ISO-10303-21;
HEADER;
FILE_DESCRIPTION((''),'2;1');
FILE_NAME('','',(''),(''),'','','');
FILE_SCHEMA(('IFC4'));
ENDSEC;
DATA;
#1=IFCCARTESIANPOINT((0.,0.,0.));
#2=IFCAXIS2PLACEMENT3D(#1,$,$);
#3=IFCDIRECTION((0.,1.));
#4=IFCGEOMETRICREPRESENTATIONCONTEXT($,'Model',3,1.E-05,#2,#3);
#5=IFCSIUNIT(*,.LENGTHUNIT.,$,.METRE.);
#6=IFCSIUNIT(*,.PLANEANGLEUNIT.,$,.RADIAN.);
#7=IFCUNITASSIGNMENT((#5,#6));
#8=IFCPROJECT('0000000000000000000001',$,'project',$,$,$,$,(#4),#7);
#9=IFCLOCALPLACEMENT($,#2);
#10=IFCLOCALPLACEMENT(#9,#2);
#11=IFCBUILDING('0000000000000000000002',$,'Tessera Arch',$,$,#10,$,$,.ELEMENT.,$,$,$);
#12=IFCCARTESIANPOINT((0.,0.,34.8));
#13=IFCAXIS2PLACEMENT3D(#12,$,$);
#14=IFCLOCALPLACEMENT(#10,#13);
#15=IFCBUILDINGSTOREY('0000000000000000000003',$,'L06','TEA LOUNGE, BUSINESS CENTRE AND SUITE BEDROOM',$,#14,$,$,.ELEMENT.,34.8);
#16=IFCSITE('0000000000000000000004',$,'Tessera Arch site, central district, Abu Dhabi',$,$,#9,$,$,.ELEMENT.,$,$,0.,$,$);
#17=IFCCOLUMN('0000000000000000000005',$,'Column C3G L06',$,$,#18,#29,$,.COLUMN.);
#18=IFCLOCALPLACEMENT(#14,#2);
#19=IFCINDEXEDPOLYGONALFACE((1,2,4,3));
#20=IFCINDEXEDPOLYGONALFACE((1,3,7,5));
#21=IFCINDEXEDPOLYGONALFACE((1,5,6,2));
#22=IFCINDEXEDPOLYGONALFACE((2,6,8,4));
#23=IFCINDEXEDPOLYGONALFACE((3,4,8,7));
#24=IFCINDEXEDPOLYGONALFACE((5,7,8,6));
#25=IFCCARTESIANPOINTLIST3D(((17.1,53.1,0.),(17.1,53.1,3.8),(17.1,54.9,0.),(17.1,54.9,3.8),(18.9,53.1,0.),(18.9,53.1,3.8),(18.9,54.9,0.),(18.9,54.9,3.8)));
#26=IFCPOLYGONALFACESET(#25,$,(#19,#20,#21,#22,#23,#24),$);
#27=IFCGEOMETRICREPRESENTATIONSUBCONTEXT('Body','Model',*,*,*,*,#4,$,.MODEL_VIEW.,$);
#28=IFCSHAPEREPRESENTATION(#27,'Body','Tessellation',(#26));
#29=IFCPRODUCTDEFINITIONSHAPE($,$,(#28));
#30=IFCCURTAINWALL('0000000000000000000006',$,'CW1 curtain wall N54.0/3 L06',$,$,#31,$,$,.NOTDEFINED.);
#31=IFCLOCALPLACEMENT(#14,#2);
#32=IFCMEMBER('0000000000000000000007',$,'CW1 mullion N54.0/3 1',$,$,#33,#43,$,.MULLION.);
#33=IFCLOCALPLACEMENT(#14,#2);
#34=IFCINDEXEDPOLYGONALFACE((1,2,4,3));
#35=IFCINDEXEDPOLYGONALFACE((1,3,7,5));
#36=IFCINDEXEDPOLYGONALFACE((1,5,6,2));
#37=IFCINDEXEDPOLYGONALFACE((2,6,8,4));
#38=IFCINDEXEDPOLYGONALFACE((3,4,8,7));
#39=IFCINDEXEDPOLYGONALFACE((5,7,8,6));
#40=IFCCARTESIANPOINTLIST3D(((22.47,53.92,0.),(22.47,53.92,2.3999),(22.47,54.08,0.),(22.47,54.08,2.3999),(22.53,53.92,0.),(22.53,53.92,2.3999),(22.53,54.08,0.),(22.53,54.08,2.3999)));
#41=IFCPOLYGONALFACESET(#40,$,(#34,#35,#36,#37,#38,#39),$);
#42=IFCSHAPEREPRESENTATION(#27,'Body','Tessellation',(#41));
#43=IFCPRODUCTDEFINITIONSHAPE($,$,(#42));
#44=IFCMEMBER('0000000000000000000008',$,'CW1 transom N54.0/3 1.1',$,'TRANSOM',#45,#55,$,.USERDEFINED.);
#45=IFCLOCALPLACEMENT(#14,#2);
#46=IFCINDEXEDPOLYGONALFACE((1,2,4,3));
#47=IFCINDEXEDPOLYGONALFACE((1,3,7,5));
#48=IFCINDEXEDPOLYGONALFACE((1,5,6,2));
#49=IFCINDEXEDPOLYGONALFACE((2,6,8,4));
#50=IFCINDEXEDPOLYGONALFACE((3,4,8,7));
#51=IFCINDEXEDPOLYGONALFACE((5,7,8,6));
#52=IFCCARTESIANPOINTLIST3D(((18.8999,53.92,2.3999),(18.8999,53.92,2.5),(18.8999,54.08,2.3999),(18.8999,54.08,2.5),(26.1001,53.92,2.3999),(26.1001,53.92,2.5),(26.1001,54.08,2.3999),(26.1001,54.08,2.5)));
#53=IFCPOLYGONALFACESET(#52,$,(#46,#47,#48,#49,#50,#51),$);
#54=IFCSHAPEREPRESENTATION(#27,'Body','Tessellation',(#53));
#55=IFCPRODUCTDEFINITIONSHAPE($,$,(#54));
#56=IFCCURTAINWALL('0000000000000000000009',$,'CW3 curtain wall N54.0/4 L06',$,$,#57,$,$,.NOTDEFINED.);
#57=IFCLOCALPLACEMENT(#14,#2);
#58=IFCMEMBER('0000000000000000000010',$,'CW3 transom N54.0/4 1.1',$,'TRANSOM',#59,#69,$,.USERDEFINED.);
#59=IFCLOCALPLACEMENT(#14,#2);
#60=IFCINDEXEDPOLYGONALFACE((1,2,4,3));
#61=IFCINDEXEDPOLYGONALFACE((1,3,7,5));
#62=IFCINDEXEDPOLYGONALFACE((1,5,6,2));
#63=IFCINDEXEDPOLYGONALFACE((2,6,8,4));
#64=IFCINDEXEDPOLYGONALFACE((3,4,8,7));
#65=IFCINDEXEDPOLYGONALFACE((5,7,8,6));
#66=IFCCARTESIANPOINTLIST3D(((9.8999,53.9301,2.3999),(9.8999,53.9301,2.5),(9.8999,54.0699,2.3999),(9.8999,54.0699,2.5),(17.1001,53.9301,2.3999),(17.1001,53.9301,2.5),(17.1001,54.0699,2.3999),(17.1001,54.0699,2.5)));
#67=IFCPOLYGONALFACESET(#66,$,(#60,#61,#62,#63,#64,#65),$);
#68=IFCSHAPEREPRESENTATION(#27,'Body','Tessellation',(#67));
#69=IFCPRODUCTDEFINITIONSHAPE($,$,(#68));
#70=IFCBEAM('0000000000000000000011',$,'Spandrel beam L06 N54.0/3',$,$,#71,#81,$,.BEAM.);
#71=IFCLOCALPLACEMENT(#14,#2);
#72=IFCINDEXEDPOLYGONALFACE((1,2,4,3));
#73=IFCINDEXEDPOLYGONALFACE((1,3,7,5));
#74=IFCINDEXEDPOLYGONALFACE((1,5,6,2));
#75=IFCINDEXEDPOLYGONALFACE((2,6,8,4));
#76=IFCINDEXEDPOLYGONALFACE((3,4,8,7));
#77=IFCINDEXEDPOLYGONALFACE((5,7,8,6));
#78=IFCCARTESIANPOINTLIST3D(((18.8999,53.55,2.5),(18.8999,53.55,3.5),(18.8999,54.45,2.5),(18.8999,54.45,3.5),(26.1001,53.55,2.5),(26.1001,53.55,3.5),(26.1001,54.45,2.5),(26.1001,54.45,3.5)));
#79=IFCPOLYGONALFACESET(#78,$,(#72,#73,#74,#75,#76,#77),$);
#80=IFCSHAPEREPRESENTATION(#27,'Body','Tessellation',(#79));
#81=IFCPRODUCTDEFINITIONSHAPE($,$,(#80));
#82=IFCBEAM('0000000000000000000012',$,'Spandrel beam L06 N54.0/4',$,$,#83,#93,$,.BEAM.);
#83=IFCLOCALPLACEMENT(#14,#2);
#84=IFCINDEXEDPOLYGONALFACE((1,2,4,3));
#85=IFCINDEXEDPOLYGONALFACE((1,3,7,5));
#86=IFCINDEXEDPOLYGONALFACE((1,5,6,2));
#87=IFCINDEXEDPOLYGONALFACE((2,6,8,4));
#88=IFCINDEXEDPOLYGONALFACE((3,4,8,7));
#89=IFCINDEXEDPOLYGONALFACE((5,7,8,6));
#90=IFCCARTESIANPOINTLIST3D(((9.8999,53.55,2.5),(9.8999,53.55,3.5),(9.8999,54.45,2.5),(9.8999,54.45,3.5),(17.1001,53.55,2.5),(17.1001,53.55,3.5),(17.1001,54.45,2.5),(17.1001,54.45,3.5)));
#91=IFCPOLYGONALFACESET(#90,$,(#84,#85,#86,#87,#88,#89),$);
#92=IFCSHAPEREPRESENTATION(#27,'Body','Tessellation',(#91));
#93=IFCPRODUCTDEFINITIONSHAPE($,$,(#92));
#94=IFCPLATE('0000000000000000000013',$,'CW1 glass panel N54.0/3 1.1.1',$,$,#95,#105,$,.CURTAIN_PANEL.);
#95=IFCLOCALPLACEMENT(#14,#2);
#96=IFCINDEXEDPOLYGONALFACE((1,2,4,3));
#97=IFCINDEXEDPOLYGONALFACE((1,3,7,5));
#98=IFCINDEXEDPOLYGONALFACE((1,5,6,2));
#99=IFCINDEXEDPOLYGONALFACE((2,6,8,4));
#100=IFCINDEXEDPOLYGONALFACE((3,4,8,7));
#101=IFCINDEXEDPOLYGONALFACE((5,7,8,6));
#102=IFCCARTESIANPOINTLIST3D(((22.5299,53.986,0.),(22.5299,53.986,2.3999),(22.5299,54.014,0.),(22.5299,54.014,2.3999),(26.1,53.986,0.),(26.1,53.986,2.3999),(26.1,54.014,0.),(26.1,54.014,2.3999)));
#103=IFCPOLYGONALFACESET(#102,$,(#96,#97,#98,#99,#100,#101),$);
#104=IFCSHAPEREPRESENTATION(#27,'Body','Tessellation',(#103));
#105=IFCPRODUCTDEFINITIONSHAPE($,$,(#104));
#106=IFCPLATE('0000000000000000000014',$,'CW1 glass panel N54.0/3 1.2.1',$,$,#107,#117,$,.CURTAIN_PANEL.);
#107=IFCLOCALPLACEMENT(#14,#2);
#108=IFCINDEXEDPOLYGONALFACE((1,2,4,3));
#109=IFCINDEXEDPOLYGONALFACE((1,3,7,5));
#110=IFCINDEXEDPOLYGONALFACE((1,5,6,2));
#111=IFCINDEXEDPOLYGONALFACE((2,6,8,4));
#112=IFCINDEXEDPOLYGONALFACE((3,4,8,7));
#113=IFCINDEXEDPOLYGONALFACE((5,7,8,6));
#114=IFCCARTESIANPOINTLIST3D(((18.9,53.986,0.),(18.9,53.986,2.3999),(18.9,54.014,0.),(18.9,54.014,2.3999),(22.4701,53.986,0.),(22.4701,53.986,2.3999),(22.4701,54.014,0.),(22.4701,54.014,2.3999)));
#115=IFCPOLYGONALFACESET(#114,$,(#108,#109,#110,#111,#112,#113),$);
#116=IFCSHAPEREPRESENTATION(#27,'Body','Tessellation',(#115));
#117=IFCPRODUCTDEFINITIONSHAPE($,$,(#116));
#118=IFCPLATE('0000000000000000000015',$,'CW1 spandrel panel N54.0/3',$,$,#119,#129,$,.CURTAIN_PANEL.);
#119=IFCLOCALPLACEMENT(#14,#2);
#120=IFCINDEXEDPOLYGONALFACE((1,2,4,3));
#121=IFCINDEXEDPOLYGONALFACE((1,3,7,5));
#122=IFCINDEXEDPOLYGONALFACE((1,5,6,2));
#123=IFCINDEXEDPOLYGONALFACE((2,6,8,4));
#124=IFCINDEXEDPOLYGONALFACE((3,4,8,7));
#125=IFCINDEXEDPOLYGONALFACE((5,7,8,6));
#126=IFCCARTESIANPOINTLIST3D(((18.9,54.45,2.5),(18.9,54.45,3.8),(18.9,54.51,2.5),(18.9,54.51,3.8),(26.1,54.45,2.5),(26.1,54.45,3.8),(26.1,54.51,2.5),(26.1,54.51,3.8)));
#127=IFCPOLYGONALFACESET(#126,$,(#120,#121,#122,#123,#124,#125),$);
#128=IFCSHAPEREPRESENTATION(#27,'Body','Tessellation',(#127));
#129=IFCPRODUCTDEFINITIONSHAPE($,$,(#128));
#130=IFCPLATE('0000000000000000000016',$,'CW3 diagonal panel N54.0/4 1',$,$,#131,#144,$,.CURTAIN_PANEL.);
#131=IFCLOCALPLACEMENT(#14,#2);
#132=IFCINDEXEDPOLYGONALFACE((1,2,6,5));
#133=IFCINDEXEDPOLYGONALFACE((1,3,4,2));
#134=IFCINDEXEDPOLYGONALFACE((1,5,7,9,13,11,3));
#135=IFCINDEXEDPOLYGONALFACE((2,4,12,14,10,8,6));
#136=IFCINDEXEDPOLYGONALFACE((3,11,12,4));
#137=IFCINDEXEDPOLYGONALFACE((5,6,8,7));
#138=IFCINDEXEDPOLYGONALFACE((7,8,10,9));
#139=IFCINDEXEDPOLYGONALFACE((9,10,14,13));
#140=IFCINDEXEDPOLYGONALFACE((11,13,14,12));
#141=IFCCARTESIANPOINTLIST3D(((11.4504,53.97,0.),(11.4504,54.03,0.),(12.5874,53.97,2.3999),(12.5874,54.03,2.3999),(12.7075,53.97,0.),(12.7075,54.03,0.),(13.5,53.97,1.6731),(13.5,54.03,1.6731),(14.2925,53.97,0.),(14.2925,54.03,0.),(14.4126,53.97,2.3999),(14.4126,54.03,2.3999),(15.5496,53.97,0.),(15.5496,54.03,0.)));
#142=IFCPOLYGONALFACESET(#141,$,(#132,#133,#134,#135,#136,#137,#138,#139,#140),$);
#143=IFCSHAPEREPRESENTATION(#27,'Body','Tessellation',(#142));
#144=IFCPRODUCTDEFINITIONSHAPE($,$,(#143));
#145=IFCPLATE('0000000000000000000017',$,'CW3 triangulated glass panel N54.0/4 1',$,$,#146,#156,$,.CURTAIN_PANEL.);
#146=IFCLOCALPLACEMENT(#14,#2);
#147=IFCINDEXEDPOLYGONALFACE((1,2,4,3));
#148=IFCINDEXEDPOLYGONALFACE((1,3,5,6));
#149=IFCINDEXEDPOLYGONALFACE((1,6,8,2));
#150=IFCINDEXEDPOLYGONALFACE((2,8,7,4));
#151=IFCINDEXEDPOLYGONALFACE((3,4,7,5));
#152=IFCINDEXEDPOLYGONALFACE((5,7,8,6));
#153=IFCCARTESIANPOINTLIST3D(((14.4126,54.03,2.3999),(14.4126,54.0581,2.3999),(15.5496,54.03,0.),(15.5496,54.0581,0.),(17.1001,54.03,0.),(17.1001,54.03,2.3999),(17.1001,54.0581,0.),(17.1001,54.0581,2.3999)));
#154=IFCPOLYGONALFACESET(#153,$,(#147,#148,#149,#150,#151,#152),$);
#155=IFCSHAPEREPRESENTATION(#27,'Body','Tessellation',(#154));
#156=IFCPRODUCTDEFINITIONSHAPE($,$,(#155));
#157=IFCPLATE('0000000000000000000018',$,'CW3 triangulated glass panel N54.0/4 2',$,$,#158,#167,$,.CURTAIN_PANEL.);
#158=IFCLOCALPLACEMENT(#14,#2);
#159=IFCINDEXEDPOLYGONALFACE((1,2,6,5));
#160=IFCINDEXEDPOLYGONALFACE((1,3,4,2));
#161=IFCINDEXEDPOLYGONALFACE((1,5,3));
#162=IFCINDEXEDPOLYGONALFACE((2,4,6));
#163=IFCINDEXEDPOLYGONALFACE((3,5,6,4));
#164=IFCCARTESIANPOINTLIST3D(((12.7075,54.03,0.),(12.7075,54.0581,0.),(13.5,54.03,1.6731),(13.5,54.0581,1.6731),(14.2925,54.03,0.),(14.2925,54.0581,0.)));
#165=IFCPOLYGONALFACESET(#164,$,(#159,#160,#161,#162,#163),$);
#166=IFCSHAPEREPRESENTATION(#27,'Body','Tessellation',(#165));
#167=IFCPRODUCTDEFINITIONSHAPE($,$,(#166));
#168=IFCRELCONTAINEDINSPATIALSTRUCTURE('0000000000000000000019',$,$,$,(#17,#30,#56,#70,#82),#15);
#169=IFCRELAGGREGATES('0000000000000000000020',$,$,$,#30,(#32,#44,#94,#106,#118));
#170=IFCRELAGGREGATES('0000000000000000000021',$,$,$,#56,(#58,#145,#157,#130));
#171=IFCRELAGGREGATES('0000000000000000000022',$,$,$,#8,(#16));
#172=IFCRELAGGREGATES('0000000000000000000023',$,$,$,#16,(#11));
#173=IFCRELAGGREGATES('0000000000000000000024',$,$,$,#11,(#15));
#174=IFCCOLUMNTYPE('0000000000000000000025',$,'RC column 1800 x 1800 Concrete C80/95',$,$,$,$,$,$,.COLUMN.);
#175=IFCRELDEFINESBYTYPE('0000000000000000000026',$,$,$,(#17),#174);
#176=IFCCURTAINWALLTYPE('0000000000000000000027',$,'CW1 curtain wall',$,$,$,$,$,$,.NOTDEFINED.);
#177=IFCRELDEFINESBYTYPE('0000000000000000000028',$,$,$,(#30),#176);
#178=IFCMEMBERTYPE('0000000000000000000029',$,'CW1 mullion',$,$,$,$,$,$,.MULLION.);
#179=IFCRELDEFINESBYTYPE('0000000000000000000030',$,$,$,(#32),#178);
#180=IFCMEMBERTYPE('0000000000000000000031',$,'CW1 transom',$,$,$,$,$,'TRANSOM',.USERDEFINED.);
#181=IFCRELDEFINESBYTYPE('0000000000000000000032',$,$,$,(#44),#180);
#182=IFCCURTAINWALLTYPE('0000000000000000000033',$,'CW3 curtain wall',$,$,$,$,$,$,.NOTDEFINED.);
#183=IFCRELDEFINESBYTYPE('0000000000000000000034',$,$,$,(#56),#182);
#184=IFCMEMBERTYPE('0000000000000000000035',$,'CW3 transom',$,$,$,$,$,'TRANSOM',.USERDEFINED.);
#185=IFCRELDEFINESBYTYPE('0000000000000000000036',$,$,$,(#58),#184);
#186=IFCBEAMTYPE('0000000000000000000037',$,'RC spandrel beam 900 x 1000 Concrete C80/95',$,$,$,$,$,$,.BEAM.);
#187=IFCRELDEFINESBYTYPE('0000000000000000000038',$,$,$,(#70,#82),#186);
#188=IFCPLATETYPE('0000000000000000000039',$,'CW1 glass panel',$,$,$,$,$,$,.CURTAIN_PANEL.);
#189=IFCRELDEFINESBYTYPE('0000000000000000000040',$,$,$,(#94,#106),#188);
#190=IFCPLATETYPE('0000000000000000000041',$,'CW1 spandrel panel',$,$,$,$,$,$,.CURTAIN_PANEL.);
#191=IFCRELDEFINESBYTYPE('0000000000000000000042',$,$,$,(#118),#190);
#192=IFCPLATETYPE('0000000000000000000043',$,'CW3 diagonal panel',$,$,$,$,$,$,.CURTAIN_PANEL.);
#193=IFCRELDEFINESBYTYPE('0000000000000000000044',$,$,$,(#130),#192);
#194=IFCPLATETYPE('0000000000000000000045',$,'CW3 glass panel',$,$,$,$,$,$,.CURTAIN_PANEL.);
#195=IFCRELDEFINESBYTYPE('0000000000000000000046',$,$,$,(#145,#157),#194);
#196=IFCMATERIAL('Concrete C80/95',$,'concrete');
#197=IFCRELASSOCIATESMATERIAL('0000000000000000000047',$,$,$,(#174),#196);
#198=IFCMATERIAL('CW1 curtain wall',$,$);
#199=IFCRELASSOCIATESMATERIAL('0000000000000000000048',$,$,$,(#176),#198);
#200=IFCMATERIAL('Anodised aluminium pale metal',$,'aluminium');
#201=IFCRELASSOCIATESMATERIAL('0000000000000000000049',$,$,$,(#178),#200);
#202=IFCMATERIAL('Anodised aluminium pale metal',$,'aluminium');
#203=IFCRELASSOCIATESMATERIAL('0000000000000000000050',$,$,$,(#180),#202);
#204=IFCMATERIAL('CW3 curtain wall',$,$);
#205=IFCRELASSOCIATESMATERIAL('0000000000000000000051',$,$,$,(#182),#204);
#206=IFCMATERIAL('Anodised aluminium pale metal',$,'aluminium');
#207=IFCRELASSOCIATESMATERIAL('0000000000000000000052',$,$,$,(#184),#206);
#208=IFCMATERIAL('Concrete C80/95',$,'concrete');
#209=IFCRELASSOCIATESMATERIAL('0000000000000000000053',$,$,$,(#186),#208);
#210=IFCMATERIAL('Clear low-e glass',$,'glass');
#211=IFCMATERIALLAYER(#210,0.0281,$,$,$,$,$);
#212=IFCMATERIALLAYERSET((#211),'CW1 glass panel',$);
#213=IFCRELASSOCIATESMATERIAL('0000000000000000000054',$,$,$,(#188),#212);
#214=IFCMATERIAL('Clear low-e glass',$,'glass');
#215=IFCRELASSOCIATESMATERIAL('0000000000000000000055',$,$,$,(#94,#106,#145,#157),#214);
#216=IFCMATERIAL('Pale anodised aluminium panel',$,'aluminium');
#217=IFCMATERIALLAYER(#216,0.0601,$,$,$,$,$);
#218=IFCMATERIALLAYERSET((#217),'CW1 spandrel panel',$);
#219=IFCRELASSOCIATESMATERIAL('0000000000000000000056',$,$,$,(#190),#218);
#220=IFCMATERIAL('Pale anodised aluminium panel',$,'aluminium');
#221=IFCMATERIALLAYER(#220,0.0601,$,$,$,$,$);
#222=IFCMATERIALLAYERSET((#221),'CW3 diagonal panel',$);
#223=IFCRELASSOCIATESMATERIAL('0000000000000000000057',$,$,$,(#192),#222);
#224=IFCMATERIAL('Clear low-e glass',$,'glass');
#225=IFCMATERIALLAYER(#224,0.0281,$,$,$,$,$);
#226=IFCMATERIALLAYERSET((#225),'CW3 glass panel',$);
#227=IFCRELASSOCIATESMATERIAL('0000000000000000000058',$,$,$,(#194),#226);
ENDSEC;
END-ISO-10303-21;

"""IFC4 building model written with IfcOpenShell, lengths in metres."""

from ifc_helpers import new_model, si_unit, direction, frame, origin, origin_2d, place, context, subcontext, project, spatial, polyline, rectangle, outline, extrude, material, layer, layer_set, material_profile, profile_set, type_object, element, aggregate, save


model = new_model("IFC4")

# Units and contexts
model_context = context("Model", 3, precision=1e-05, world=origin(), true_north=direction((0.0, 1.0)))
body_context = subcontext(model_context, "Body", "Model", "MODEL_VIEW")
ifc_project = project(units=[si_unit("LENGTHUNIT", "METRE"), si_unit("PLANEANGLEUNIT", "RADIAN")], contexts=[model_context])

# Site, building, storey
site_placement = place(None, origin())
site = spatial("IfcSite", under=ifc_project, at=site_placement, Name="Tessera Arch site, central district, Abu Dhabi", CompositionType="ELEMENT", RefElevation=0.0)
building_placement = place(site_placement, origin())
building = spatial("IfcBuilding", under=site, at=building_placement, Name="Tessera Arch", CompositionType="ELEMENT")
storey_placement = place(building_placement, frame((0.0, 0.0, 34.8)))
storey = spatial("IfcBuildingStorey", under=building, at=storey_placement, Name="L06", Description="TEA LOUNGE, BUSINESS CENTRE AND SUITE BEDROOM", CompositionType="ELEMENT", Elevation=34.8)

# Column
ifc_material_1 = material(Name="Concrete C80/95", Category="concrete")
ifc_material_profile_1 = material_profile(ifc_material_1, rectangle(XDim=1.8, YDim=1.8, at=origin_2d()), Name="RC column 1800 x 1800 Concrete C80/95")
ifc_profile_set_1 = profile_set([ifc_material_profile_1], Name="Concrete C80/95")
column_type = type_object("IfcColumnType", Name="RC column 1800 x 1800 Concrete C80/95", PredefinedType="COLUMN", material=ifc_profile_set_1)
column_placement = place(storey_placement, frame((18.0, 54.0, 0.0), z_axis=(0.0, 0.0, 1.0), x_axis=(1.0, 0.0, 0.0)))
element("IfcColumn", 1, at=column_placement, inside=storey, type_object=column_type, Name="Column C3G L06", PredefinedType="COLUMN", context=body_context, shape_type="SweptSolid", body=[
    extrude(rectangle(XDim=1.8, YDim=1.8, at=origin_2d()), origin(), (0.0, 0.0, 1.0), 3.8),
])

# Curtain wall, members
ifc_material_2 = material(Name="CW1 curtain wall")
curtain_wall_type_1 = type_object("IfcCurtainWallType", Name="CW1 curtain wall", PredefinedType="NOTDEFINED", material=ifc_material_2)
curtain_wall_1_placement = place(storey_placement, origin())
curtain_wall_1 = element("IfcCurtainWall", 2, at=curtain_wall_1_placement, inside=storey, type_object=curtain_wall_type_1, Name="CW1 curtain wall N54.0/3 L06", PredefinedType="NOTDEFINED")
ifc_material_3 = material(Name="Anodised aluminium pale metal", Category="aluminium")
ifc_material_profile_2 = material_profile(ifc_material_3, rectangle(XDim=0.1599, YDim=0.0601, at=origin_2d()), Name="AL 60x160")
ifc_profile_set_2 = profile_set([ifc_material_profile_2], Name="Anodised aluminium pale metal")
member_type_1 = type_object("IfcMemberType", Name="CW1 mullion", PredefinedType="MULLION", material=ifc_profile_set_2)
member_1_placement = place(storey_placement, frame((22.5, 54.0, 0.0), z_axis=(0.0, 0.0, 1.0), x_axis=(0.0, -1.0, 0.0)))
member_1 = element("IfcMember", 3, at=member_1_placement, type_object=member_type_1, Name="CW1 mullion N54.0/3 1", PredefinedType="MULLION", context=body_context, shape_type="SweptSolid", body=[
    extrude(rectangle(XDim=0.1599, YDim=0.0601, at=origin_2d()), origin(), (0.0, 0.0, 1.0), 2.3999),
])
ifc_material_4 = material(Name="Anodised aluminium pale metal", Category="aluminium")
ifc_material_profile_3 = material_profile(ifc_material_4, rectangle(XDim=0.1599, YDim=0.1001, at=origin_2d()), Name="AL 160x100")
ifc_profile_set_3 = profile_set([ifc_material_profile_3], Name="Anodised aluminium pale metal")
member_type_2 = type_object("IfcMemberType", Name="CW1 transom", ElementType="TRANSOM", PredefinedType="USERDEFINED", material=ifc_profile_set_3)
member_2_placement = place(storey_placement, frame((26.1001, 54.0, 2.45), z_axis=(-1.0, 0.0, 0.0), x_axis=(0.0, -1.0, 0.0)))
member_2 = element("IfcMember", 4, at=member_2_placement, type_object=member_type_2, Name="CW1 transom N54.0/3 1.1", ObjectType="TRANSOM", PredefinedType="USERDEFINED", context=body_context, shape_type="SweptSolid", body=[
    extrude(rectangle(XDim=0.1599, YDim=0.1001, at=origin_2d()), origin(), (0.0, 0.0, 1.0), 7.2002),
])

# Curtain wall, member
ifc_material_5 = material(Name="CW3 curtain wall")
curtain_wall_type_2 = type_object("IfcCurtainWallType", Name="CW3 curtain wall", PredefinedType="NOTDEFINED", material=ifc_material_5)
curtain_wall_2_placement = place(storey_placement, origin())
curtain_wall_2 = element("IfcCurtainWall", 5, at=curtain_wall_2_placement, inside=storey, type_object=curtain_wall_type_2, Name="CW3 curtain wall N54.0/4 L06", PredefinedType="NOTDEFINED")
ifc_material_6 = material(Name="Anodised aluminium pale metal", Category="aluminium")
ifc_material_profile_4 = material_profile(ifc_material_6, rectangle(XDim=0.1399, YDim=0.1001, at=origin_2d()), Name="AL 140x100")
ifc_profile_set_4 = profile_set([ifc_material_profile_4], Name="Anodised aluminium pale metal")
member_type_3 = type_object("IfcMemberType", Name="CW3 transom", ElementType="TRANSOM", PredefinedType="USERDEFINED", material=ifc_profile_set_4)
member_3_placement = place(storey_placement, frame((17.1001, 54.0, 2.45), z_axis=(-1.0, 0.0, 0.0), x_axis=(0.0, -1.0, 0.0)))
member_3 = element("IfcMember", 6, at=member_3_placement, type_object=member_type_3, Name="CW3 transom N54.0/4 1.1", ObjectType="TRANSOM", PredefinedType="USERDEFINED", context=body_context, shape_type="SweptSolid", body=[
    extrude(rectangle(XDim=0.1399, YDim=0.1001, at=origin_2d()), origin(), (0.0, 0.0, 1.0), 7.2002),
])

# Beams
ifc_material_7 = material(Name="Concrete C80/95", Category="concrete")
ifc_material_profile_5 = material_profile(ifc_material_7, rectangle(XDim=0.8999, YDim=1.0, at=origin_2d()), Name="RC spandrel beam 900 x 1000 Concrete C80/95")
ifc_profile_set_5 = profile_set([ifc_material_profile_5], Name="Concrete C80/95")
beam_type = type_object("IfcBeamType", Name="RC spandrel beam 900 x 1000 Concrete C80/95", PredefinedType="BEAM", material=ifc_profile_set_5)
for number, where, z_axis, x_axis, name in (
    (7, (26.1001, 54.0, 3.0), (-1.0, 0.0, 0.0), (0.0, -1.0, 0.0), "Spandrel beam L06 N54.0/3"),
    (8, (17.1001, 54.0, 3.0), (-1.0, 0.0, 0.0), (0.0, -1.0, 0.0), "Spandrel beam L06 N54.0/4"),
):
    element("IfcBeam", number, at=place(storey_placement, frame(where, z_axis=z_axis, x_axis=x_axis)), inside=storey, type_object=beam_type, Name=name, PredefinedType="BEAM", context=body_context, shape_type="SweptSolid", body=[
        extrude(rectangle(XDim=0.8999, YDim=1.0, at=origin_2d()), origin(), (0.0, 0.0, 1.0), 7.2002),
    ])

# Plates
ifc_material_8 = material(Name="Clear low-e glass", Category="glass")
ifc_material_9 = material(Name="Clear low-e glass", Category="glass")
ifc_layer_1 = layer(ifc_material_9, 0.0281)
ifc_layer_set_1 = layer_set([ifc_layer_1], Name="CW1 glass panel")
plate_type_1 = type_object("IfcPlateType", Name="CW1 glass panel", PredefinedType="CURTAIN_PANEL", material=ifc_layer_set_1)
plate_1_placement = place(storey_placement, frame((24.3149, 54.0, 0.0), z_axis=(0.0, 0.0, 1.0), x_axis=(-1.0, 0.0, 0.0)))
plate_1 = element("IfcPlate", 9, at=plate_1_placement, type_object=plate_type_1, material=ifc_material_8, Name="CW1 glass panel N54.0/3 1.1.1", PredefinedType="CURTAIN_PANEL", context=body_context, shape_type="SweptSolid", body=[
    extrude(rectangle(XDim=3.5701, YDim=0.0281, at=origin_2d()), origin(), (0.0, 0.0, 1.0), 2.3999),
])
plate_2_placement = place(storey_placement, frame((20.6851, 54.0, 0.0), z_axis=(0.0, 0.0, 1.0), x_axis=(-1.0, 0.0, 0.0)))
plate_2 = element("IfcPlate", 10, at=plate_2_placement, type_object=plate_type_1, material=ifc_material_8, Name="CW1 glass panel N54.0/3 1.2.1", PredefinedType="CURTAIN_PANEL", context=body_context, shape_type="SweptSolid", body=[
    extrude(rectangle(XDim=3.5701, YDim=0.0281, at=origin_2d()), origin(), (0.0, 0.0, 1.0), 2.3999),
])
ifc_material_10 = material(Name="Pale anodised aluminium panel", Category="aluminium")
ifc_layer_2 = layer(ifc_material_10, 0.0601)
ifc_layer_set_2 = layer_set([ifc_layer_2], Name="CW1 spandrel panel")
plate_type_2 = type_object("IfcPlateType", Name="CW1 spandrel panel", PredefinedType="CURTAIN_PANEL", material=ifc_layer_set_2)
plate_3_placement = place(storey_placement, frame((22.5, 54.48, 2.5), z_axis=(0.0, 0.0, 1.0), x_axis=(-1.0, 0.0, 0.0)))
plate_3 = element("IfcPlate", 11, at=plate_3_placement, type_object=plate_type_2, Name="CW1 spandrel panel N54.0/3", PredefinedType="CURTAIN_PANEL", context=body_context, shape_type="SweptSolid", body=[
    extrude(rectangle(XDim=7.2, YDim=0.0601, at=origin_2d()), origin(), (0.0, 0.0, 1.0), 1.3),
])
aggregate(curtain_wall_1, [member_1, member_2, plate_1, plate_2, plate_3])
ifc_material_11 = material(Name="Pale anodised aluminium panel", Category="aluminium")
ifc_layer_3 = layer(ifc_material_11, 0.0601)
ifc_layer_set_3 = layer_set([ifc_layer_3], Name="CW3 diagonal panel")
plate_type_3 = type_object("IfcPlateType", Name="CW3 diagonal panel", PredefinedType="CURTAIN_PANEL", material=ifc_layer_set_3)
plate_4_placement = place(storey_placement, frame((12.5874, 54.03, 2.3999), z_axis=(0.0, 1.0, 0.0), x_axis=(1.0, 0.0, 0.0)))
plate_4 = element("IfcPlate", 12, at=plate_4_placement, type_object=plate_type_3, Name="CW3 diagonal panel N54.0/4 1", PredefinedType="CURTAIN_PANEL", context=body_context, shape_type="SweptSolid", body=[
    extrude(outline(polyline([(0.0, 0.0), (1.8252, 0.0), (2.9622, 2.3999), (1.7051, 2.3999), (0.9126, 0.7268), (0.1201, 2.3999), (-1.137, 2.3999), (0.0, 0.0)])), origin(), (0.0, 0.0, -1.0), 0.0601),
])
ifc_material_12 = material(Name="Clear low-e glass", Category="glass")
ifc_layer_4 = layer(ifc_material_12, 0.0281)
ifc_layer_set_4 = layer_set([ifc_layer_4], Name="CW3 glass panel")
plate_type_4 = type_object("IfcPlateType", Name="CW3 glass panel", PredefinedType="CURTAIN_PANEL", material=ifc_layer_set_4)
plate_5_placement = place(storey_placement, frame((17.1001, 54.0581, 0.0), z_axis=(0.0, 1.0, 0.0), x_axis=(-1.0, 0.0, 0.0)))
plate_5 = element("IfcPlate", 13, at=plate_5_placement, type_object=plate_type_4, material=ifc_material_8, Name="CW3 triangulated glass panel N54.0/4 1", PredefinedType="CURTAIN_PANEL", context=body_context, shape_type="SweptSolid", body=[
    extrude(outline(polyline([(0.0, 0.0), (1.5505, 0.0), (2.6875, 2.3999), (0.0, 2.3999), (0.0, 0.0)])), origin(), (0.0, 0.0, -1.0), 0.0281),
])
plate_6_placement = place(storey_placement, frame((14.2925, 54.0581, 0.0), z_axis=(0.0, 1.0, 0.0), x_axis=(-1.0, 0.0, 0.0)))
plate_6 = element("IfcPlate", 14, at=plate_6_placement, type_object=plate_type_4, material=ifc_material_8, Name="CW3 triangulated glass panel N54.0/4 2", PredefinedType="CURTAIN_PANEL", context=body_context, shape_type="SweptSolid", body=[
    extrude(outline(polyline([(0.0, 0.0), (1.585, 0.0), (0.7925, 1.6731), (0.0, 0.0)])), origin(), (0.0, 0.0, -1.0), 0.0281),
])
aggregate(curtain_wall_2, [member_3, plate_5, plate_6, plate_4])

save(model, "model.ifc")
